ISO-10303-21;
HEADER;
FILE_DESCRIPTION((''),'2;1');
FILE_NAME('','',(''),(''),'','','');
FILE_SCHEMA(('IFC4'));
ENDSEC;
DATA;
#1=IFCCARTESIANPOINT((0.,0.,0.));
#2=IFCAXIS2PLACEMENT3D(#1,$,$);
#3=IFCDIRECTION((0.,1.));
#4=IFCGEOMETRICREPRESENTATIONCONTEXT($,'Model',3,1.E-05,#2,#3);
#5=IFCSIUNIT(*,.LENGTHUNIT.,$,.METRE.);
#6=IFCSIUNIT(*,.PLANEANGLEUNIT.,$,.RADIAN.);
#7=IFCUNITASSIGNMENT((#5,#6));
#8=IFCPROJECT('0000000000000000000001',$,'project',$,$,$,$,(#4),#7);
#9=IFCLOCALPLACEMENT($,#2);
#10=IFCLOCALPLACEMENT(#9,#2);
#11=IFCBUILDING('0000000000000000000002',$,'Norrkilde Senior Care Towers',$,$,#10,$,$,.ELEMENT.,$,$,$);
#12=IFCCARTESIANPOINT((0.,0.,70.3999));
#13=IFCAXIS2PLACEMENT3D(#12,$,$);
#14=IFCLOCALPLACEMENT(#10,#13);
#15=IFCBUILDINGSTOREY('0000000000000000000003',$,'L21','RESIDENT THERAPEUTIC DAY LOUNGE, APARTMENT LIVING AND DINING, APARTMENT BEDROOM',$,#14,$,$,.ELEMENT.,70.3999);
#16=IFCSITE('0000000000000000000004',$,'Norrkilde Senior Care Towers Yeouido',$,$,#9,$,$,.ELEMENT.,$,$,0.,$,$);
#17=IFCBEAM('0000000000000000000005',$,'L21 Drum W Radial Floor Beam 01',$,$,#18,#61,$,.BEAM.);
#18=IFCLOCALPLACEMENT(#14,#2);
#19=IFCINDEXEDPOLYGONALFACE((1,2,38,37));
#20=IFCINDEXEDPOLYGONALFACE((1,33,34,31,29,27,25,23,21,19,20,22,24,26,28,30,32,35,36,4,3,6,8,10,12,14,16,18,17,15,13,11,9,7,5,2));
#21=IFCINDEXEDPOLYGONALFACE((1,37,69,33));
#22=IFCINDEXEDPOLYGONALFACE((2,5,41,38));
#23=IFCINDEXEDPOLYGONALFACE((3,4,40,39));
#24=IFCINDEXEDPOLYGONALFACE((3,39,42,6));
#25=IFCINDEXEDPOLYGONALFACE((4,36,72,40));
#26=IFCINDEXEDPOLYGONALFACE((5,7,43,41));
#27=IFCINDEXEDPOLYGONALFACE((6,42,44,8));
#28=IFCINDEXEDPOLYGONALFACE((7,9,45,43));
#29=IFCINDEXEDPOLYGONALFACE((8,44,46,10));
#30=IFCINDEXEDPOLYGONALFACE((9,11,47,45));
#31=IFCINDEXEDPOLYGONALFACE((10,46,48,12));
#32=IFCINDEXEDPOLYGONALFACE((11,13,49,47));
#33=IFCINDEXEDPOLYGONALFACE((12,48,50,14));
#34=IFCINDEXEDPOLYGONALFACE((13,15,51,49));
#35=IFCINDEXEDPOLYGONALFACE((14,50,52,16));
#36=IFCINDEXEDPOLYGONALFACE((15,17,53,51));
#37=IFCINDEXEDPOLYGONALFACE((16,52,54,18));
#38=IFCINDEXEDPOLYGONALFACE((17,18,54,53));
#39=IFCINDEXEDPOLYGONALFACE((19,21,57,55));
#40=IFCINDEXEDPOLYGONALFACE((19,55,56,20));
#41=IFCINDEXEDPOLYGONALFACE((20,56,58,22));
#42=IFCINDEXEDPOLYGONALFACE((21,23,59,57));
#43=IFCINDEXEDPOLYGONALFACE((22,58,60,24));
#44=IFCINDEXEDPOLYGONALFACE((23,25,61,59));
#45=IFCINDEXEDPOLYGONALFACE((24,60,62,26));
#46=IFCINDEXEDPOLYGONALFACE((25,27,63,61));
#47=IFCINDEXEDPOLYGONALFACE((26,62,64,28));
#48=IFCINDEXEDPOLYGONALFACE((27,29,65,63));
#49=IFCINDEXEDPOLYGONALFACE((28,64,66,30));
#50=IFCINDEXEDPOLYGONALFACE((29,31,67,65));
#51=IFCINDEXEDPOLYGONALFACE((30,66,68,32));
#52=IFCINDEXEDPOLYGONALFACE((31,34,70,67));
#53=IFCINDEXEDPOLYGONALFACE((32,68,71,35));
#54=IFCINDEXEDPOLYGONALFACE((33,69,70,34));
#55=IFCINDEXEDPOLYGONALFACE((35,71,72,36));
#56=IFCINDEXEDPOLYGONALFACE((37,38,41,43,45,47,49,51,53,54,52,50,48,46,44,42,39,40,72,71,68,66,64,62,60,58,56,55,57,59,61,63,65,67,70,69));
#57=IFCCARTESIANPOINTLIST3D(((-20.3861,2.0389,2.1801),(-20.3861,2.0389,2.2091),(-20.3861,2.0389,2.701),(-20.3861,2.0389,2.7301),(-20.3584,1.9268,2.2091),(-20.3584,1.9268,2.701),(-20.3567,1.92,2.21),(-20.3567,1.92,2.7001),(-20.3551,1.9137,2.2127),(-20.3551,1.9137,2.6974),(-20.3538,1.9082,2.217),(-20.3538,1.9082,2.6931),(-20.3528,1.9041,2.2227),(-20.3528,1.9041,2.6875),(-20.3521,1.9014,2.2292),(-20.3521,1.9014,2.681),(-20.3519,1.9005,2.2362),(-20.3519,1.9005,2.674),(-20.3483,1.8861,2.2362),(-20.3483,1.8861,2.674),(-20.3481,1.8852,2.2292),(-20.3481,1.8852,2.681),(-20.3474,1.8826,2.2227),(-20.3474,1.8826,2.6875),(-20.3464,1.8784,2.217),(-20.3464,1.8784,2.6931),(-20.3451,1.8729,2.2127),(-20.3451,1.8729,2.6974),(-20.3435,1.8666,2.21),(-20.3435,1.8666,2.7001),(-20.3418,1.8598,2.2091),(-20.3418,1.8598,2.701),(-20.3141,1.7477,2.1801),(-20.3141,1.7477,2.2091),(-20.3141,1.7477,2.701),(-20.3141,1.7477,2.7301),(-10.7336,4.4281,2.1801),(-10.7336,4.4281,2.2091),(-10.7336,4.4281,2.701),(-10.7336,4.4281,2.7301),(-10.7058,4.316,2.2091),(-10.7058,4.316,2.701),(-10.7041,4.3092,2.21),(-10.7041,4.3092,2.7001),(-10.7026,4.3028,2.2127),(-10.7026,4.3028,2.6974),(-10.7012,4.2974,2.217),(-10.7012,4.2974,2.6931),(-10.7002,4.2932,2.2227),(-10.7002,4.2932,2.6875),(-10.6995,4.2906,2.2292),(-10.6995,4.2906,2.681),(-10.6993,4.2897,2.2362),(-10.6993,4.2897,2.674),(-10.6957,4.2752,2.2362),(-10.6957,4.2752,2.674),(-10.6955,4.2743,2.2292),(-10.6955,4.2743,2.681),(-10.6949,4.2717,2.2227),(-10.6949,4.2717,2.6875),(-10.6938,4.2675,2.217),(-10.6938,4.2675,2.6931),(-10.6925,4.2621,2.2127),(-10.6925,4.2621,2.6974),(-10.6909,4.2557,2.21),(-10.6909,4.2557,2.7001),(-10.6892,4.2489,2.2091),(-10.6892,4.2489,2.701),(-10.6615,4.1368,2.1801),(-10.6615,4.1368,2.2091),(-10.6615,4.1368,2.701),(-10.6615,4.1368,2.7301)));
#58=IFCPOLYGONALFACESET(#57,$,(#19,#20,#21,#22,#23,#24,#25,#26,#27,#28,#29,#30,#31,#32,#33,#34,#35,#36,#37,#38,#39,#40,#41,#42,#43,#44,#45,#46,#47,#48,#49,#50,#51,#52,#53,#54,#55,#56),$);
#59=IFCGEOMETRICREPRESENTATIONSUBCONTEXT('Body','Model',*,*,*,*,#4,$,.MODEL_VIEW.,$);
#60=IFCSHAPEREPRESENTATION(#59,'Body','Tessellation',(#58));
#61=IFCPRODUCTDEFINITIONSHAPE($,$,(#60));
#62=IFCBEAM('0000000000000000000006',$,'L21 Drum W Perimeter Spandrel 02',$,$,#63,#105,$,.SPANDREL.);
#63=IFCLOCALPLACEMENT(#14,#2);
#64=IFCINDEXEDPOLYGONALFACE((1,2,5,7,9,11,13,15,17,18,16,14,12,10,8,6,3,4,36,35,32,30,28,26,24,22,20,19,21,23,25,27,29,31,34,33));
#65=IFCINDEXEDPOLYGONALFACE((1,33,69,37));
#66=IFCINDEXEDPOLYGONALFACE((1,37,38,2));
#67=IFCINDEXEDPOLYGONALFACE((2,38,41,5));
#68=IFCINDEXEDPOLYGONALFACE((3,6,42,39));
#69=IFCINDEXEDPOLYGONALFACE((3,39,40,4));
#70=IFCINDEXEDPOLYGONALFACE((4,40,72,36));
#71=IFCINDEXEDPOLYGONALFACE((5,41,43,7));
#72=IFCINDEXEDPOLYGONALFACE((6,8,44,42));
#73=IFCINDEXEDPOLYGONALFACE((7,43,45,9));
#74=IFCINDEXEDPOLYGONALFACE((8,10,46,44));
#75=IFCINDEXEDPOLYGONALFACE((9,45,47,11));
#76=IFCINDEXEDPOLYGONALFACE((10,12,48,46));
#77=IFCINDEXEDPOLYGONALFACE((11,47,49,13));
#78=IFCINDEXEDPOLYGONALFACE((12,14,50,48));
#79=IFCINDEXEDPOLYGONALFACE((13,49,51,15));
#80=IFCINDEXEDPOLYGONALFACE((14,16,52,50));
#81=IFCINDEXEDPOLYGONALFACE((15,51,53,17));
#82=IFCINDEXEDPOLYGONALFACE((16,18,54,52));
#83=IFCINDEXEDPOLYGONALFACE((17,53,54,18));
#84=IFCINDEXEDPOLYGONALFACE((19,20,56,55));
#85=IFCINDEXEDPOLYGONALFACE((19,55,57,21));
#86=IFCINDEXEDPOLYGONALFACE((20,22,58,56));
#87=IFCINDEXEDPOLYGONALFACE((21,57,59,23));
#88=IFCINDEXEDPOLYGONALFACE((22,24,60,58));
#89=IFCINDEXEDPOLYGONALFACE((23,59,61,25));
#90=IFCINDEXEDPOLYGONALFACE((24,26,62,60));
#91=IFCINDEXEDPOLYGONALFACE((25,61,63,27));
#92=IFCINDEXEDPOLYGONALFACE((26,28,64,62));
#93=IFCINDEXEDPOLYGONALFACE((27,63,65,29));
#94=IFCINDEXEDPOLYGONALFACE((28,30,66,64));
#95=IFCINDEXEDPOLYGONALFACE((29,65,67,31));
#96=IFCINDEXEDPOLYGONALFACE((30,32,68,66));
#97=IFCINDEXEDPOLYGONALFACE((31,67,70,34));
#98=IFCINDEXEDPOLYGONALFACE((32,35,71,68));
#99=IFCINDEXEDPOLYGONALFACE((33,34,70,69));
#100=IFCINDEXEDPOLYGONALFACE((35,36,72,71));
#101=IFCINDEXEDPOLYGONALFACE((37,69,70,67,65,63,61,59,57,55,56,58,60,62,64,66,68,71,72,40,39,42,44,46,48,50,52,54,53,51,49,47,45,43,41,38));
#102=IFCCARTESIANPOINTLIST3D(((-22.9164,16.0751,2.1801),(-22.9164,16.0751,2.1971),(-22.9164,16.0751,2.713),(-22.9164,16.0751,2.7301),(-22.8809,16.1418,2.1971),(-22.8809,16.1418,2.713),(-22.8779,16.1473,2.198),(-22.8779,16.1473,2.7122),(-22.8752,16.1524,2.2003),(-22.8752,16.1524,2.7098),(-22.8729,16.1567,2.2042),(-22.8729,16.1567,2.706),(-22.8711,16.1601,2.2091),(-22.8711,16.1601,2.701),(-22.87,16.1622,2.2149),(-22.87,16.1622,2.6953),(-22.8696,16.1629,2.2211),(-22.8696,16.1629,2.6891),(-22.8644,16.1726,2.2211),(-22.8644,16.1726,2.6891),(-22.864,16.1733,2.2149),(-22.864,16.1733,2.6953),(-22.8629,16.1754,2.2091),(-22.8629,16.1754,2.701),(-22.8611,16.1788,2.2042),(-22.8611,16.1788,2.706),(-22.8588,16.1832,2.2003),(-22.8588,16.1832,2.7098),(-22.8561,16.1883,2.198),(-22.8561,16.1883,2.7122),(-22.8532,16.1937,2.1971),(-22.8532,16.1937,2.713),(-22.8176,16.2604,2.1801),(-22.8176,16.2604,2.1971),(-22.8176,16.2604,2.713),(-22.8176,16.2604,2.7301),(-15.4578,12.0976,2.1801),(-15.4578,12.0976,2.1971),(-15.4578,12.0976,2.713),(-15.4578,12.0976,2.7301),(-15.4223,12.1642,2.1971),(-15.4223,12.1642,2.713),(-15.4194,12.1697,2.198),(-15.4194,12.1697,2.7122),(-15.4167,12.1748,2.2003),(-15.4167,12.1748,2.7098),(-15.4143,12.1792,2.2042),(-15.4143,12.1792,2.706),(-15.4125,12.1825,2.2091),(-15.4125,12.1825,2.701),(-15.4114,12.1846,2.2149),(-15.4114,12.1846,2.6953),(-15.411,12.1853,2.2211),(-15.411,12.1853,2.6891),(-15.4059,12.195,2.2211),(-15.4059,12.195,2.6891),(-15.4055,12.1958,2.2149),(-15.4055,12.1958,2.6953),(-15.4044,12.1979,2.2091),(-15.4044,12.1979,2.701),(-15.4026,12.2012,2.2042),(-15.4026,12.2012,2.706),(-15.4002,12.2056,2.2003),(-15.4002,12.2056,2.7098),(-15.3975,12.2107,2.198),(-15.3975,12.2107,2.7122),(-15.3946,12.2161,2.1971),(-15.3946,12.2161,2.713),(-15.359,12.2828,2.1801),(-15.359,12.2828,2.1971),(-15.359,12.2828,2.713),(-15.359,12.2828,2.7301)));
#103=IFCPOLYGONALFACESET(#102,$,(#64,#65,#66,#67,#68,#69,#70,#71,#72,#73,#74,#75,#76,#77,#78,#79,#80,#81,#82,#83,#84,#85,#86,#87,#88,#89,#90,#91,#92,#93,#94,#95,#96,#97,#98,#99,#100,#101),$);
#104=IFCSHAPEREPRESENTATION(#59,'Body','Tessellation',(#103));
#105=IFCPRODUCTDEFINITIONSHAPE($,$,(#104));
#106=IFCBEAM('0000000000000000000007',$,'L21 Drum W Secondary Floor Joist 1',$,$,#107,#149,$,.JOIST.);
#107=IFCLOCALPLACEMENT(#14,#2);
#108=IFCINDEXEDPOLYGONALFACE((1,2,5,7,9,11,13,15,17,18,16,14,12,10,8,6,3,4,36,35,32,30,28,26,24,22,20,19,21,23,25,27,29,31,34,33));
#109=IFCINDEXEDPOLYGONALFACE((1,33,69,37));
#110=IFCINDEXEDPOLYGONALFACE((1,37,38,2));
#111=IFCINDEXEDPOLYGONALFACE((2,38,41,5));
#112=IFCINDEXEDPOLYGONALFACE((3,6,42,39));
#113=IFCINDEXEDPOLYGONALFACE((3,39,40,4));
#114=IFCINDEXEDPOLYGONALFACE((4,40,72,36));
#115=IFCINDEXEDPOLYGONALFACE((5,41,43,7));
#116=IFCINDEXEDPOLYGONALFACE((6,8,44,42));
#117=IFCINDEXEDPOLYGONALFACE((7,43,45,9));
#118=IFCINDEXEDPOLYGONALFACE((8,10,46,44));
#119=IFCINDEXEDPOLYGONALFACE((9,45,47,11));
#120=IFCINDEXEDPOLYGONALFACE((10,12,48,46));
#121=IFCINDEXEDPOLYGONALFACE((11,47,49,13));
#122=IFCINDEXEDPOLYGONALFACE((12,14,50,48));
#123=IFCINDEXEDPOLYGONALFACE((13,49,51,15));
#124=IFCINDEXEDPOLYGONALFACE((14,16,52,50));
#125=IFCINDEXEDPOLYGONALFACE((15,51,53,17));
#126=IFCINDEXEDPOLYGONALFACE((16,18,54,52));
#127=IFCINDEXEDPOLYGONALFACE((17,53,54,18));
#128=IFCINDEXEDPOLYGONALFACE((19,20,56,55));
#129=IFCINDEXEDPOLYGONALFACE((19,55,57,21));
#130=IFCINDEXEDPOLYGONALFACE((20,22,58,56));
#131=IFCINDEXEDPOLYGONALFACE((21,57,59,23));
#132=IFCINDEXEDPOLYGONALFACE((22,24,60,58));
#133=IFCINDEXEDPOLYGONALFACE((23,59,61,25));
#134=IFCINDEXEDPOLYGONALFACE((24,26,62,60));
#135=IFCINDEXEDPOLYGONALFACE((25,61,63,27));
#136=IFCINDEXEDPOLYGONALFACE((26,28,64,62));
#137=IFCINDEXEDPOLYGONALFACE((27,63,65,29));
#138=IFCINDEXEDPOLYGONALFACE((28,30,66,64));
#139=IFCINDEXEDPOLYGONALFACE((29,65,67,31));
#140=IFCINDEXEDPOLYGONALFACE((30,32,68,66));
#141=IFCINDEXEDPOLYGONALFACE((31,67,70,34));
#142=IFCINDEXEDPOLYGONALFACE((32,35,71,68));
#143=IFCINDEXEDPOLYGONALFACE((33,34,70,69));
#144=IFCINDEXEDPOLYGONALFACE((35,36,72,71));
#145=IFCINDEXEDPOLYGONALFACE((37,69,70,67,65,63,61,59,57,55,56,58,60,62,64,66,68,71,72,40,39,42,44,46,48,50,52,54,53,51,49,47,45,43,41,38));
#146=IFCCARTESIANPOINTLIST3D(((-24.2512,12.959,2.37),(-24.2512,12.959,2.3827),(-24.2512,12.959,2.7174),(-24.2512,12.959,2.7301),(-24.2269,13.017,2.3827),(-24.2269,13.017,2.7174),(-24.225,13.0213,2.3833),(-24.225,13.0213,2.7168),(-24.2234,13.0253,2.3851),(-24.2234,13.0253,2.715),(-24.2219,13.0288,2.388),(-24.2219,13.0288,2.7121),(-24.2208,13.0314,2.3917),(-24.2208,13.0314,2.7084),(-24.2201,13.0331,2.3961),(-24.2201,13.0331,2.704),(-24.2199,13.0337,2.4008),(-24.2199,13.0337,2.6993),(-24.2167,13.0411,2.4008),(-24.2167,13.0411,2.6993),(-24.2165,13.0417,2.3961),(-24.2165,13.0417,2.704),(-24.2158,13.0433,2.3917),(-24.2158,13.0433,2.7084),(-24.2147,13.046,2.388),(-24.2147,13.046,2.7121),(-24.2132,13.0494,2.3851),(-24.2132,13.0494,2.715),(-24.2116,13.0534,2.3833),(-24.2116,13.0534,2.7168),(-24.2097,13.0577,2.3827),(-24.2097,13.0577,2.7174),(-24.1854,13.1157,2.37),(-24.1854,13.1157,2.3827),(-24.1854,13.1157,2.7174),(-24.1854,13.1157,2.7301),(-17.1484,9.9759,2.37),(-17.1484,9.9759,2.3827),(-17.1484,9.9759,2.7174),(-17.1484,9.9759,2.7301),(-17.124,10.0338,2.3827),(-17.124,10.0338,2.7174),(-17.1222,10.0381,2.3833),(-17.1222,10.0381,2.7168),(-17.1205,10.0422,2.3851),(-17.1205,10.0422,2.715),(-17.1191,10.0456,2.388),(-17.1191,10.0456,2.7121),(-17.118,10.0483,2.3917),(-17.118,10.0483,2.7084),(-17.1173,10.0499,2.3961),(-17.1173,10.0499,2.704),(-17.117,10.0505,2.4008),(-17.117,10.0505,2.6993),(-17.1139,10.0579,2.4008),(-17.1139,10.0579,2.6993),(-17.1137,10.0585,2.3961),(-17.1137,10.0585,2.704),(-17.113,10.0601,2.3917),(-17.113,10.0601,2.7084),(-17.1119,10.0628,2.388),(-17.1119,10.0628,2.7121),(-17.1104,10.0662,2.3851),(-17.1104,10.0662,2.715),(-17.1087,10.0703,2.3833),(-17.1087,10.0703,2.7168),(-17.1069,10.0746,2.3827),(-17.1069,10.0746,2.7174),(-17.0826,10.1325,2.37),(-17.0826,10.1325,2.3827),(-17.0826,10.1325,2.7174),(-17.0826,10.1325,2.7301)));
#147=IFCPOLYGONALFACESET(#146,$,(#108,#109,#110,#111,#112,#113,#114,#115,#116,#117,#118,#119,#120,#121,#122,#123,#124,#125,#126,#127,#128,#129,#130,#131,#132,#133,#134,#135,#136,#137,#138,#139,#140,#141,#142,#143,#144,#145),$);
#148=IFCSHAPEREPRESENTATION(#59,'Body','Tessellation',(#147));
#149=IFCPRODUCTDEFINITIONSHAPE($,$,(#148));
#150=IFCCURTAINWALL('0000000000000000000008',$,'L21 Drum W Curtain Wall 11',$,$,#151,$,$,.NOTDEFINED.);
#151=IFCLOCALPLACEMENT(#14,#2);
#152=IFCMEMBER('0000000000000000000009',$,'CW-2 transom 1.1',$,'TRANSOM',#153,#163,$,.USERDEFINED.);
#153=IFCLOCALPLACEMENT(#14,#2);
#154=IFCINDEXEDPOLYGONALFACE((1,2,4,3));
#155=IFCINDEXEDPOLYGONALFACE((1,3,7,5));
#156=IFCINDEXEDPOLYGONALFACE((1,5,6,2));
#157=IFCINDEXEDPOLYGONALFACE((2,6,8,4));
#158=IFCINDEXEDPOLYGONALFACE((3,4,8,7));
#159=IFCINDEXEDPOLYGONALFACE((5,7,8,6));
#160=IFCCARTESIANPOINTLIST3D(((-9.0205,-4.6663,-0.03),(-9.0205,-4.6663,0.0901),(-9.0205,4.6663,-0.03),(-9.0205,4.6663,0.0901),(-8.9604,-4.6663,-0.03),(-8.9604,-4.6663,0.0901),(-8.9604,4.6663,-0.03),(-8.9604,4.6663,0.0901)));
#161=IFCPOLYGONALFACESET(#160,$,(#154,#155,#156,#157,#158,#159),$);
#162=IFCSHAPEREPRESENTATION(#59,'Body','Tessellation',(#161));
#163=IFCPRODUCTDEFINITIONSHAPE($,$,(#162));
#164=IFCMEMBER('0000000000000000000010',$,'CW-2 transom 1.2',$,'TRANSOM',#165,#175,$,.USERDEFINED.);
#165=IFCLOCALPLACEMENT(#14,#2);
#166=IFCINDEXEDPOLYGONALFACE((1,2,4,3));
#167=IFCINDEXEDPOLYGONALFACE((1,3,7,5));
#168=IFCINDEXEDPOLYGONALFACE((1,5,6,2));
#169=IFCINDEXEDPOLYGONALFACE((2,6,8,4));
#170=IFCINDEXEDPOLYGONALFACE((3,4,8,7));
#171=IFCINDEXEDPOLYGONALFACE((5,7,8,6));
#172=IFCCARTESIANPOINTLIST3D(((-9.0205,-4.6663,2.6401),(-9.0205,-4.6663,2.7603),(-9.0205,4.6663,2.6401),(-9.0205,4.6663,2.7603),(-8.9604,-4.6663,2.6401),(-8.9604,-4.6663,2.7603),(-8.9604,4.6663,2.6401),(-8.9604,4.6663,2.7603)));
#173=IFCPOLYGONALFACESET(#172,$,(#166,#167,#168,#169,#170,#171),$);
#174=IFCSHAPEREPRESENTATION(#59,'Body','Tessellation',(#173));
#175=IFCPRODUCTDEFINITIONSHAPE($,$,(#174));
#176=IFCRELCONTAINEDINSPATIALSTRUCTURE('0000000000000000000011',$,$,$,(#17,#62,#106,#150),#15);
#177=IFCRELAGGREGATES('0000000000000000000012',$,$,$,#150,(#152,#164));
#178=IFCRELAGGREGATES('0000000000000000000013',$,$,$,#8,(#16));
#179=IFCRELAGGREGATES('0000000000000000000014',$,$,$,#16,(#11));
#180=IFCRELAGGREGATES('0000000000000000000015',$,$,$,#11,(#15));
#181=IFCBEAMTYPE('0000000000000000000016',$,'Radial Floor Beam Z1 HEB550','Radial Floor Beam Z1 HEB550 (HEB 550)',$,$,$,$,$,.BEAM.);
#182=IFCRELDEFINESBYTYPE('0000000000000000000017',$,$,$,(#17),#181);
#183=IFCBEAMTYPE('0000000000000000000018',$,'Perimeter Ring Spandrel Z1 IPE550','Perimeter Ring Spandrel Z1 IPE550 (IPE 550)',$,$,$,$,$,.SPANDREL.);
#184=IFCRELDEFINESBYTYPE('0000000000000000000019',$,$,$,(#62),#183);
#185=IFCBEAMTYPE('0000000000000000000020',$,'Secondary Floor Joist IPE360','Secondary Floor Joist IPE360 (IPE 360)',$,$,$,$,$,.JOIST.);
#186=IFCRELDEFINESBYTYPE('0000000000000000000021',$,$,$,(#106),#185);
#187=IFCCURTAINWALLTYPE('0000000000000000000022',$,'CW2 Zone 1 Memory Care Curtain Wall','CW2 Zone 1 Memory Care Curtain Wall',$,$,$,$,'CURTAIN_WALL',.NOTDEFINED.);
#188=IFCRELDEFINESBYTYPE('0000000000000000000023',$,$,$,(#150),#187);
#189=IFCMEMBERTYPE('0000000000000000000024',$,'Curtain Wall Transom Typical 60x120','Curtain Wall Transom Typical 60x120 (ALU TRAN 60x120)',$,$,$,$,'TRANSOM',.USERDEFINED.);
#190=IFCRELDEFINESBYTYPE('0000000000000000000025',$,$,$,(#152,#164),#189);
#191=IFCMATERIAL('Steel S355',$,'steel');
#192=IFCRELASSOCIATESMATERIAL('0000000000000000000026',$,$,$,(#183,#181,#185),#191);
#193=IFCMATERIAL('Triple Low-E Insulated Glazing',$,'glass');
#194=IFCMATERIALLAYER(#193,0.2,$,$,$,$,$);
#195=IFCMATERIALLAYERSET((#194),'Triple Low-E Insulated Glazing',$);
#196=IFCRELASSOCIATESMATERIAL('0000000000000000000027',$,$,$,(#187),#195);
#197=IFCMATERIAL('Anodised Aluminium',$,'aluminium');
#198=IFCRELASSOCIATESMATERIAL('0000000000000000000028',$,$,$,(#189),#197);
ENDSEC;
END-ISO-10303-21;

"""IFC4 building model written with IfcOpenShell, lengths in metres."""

from ifc_helpers import new_model, si_unit, direction, frame, origin, origin_2d, place, context, subcontext, project, spatial, rectangle, i_section, extrude, source, transform, mapped, material, layer, layer_set, material_profile, profile_set, type_object, type_shapes, element, aggregate, save


model = new_model("IFC4")

# Units and contexts
model_context = context("Model", 3, precision=1e-05, world=origin(), true_north=direction((0.0, 1.0)))
body_context = subcontext(model_context, "Body", "Model", "MODEL_VIEW")
ifc_project = project(units=[si_unit("LENGTHUNIT", "METRE"), si_unit("PLANEANGLEUNIT", "RADIAN")], contexts=[model_context])

# Site, building, storey
site_placement = place(None, origin())
site = spatial("IfcSite", under=ifc_project, at=site_placement, Name="Norrkilde Senior Care Towers Yeouido", CompositionType="ELEMENT", RefElevation=0.0)
building_placement = place(site_placement, origin())
building = spatial("IfcBuilding", under=site, at=building_placement, Name="Norrkilde Senior Care Towers", CompositionType="ELEMENT")
storey_placement = place(building_placement, frame((0.0, 0.0, 70.3999)))
storey = spatial("IfcBuildingStorey", under=building, at=storey_placement, Name="L21", Description="RESIDENT THERAPEUTIC DAY LOUNGE, APARTMENT LIVING AND DINING, APARTMENT BEDROOM", CompositionType="ELEMENT", Elevation=70.3999)

# Beams
ifc_material_1 = material(Name="Steel S355", Category="steel")
ifc_material_profile_1 = material_profile(ifc_material_1, i_section(OverallWidth=0.21, OverallDepth=0.55, WebThickness=0.011, FlangeThickness=0.0171, FilletRadius=0.0239, at=origin_2d()), Name="IPE 550")
ifc_profile_set_1 = profile_set([ifc_material_profile_1], Name="Steel S355")
beam_type_1 = type_object("IfcBeamType", Name="Perimeter Ring Spandrel Z1 IPE550", Description="Perimeter Ring Spandrel Z1 IPE550 (IPE 550)", PredefinedType="SPANDREL", material=ifc_profile_set_1)
ifc_material_profile_2 = material_profile(ifc_material_1, i_section(OverallWidth=0.3, OverallDepth=0.55, WebThickness=0.0149, FlangeThickness=0.0291, FilletRadius=0.0271, at=origin_2d()), Name="HEB 550")
ifc_profile_set_2 = profile_set([ifc_material_profile_2], Name="Steel S355")
beam_type_2 = type_object("IfcBeamType", Name="Radial Floor Beam Z1 HEB550", Description="Radial Floor Beam Z1 HEB550 (HEB 550)", PredefinedType="BEAM", material=ifc_profile_set_2)
shared_shape_1 = source(origin(), body_context, "Body", "SweptSolid", [
    extrude(i_section(OverallWidth=0.3, OverallDepth=0.55, WebThickness=0.0149, FlangeThickness=0.0291, FilletRadius=0.0271, at=origin_2d()), origin(), (0.0, 0.0, 1.0), 9.9438),
])
type_shapes(beam_type_2, [shared_shape_1])
beam_1_placement = place(storey_placement, frame((-20.3501, 1.8933, 2.4551), z_axis=(0.970707, 0.240265, 0.0), x_axis=(-0.240265, 0.970707, 0.0)))
element("IfcBeam", 1, at=beam_1_placement, inside=storey, type_object=beam_type_2, Name="L21 Drum W Radial Floor Beam 01", PredefinedType="BEAM", context=body_context, shape_type="MappedRepresentation", body=[
    mapped(shared_shape_1, transform((0.0, 0.0, 0.0), x_axis=(1.0, 0.0, 0.0), y_axis=(0.0, 1.0, 0.0), z_axis=(0.0, 0.0, 1.0), scale=1.0)),
])
shared_shape_2 = source(origin(), body_context, "Body", "SweptSolid", [
    extrude(i_section(OverallWidth=0.21, OverallDepth=0.55, WebThickness=0.011, FlangeThickness=0.0171, FilletRadius=0.0239, at=origin_2d()), origin(), (0.0, 0.0, 1.0), 8.4529),
])
beam_2_placement = place(storey_placement, frame((-15.4084, 12.1902, 2.4551), z_axis=(-0.882369, 0.470558, 0.0), x_axis=(-0.470558, -0.882369, 0.0)))
element("IfcBeam", 2, at=beam_2_placement, inside=storey, type_object=beam_type_1, Name="L21 Drum W Perimeter Spandrel 02", PredefinedType="SPANDREL", context=body_context, shape_type="MappedRepresentation", body=[
    mapped(shared_shape_2, transform((0.0, 0.0, 0.0), x_axis=(1.0, 0.0, 0.0), y_axis=(0.0, 1.0, 0.0), z_axis=(0.0, 0.0, 1.0), scale=1.0)),
])
ifc_material_profile_3 = material_profile(ifc_material_1, i_section(OverallWidth=0.1699, OverallDepth=0.3601, WebThickness=0.0081, FlangeThickness=0.0127, FilletRadius=0.0181, at=origin_2d()), Name="IPE 360")
ifc_profile_set_3 = profile_set([ifc_material_profile_3], Name="Steel S355")
beam_type_3 = type_object("IfcBeamType", Name="Secondary Floor Joist IPE360", Description="Secondary Floor Joist IPE360 (IPE 360)", PredefinedType="JOIST", material=ifc_profile_set_3)
shared_shape_3 = source(origin(), body_context, "Body", "SweptSolid", [
    extrude(i_section(OverallWidth=0.1699, OverallDepth=0.3601, WebThickness=0.0081, FlangeThickness=0.0127, FilletRadius=0.0181, at=origin_2d()), origin(), (0.0, 0.0, 1.0), 7.7039),
])
type_shapes(beam_type_3, [shared_shape_3])
beam_3_placement = place(storey_placement, frame((-17.1155, 10.0542, 2.55), z_axis=(-0.921983, 0.387231, 0.0), x_axis=(-0.387231, -0.921983, 0.0)))
element("IfcBeam", 3, at=beam_3_placement, inside=storey, type_object=beam_type_3, Name="L21 Drum W Secondary Floor Joist 1", PredefinedType="JOIST", context=body_context, shape_type="MappedRepresentation", body=[
    mapped(shared_shape_3, transform((0.0, 0.0, 0.0), x_axis=(1.0, 0.0, 0.0), y_axis=(0.0, 1.0, 0.0), z_axis=(0.0, 0.0, 1.0), scale=1.0)),
])

# Curtain wall, members
ifc_material_2 = material(Name="Triple Low-E Insulated Glazing", Category="glass")
ifc_layer_1 = layer(ifc_material_2, 0.2)
ifc_layer_set_1 = layer_set([ifc_layer_1], Name="Triple Low-E Insulated Glazing")
curtain_wall_type = type_object("IfcCurtainWallType", Name="CW2 Zone 1 Memory Care Curtain Wall", Description="CW2 Zone 1 Memory Care Curtain Wall", ElementType="CURTAIN_WALL", PredefinedType="NOTDEFINED", material=ifc_layer_set_1)
curtain_wall_1_placement = place(storey_placement, origin())
curtain_wall_1 = element("IfcCurtainWall", 4, at=curtain_wall_1_placement, inside=storey, type_object=curtain_wall_type, Name="L21 Drum W Curtain Wall 11", PredefinedType="NOTDEFINED")
ifc_material_3 = material(Name="Anodised Aluminium", Category="aluminium")
ifc_material_profile_4 = material_profile(ifc_material_3, rectangle(XDim=0.0601, YDim=0.1201, at=origin_2d()), Name="ALU TRAN 60x120")
ifc_profile_set_4 = profile_set([ifc_material_profile_4], Name="Anodised Aluminium")
member_type_1 = type_object("IfcMemberType", Name="Curtain Wall Transom Typical 60x120", Description="Curtain Wall Transom Typical 60x120 (ALU TRAN 60x120)", ElementType="TRANSOM", PredefinedType="USERDEFINED", material=ifc_profile_set_4)
shared_shape_4 = source(origin(), body_context, "Body", "SweptSolid", [
    extrude(rectangle(XDim=0.0601, YDim=0.1201, at=origin_2d()), origin(), (0.0, 0.0, 1.0), 9.3325),
])
type_shapes(member_type_1, [shared_shape_4])
member_1_placement = place(storey_placement, frame((-8.9905, 4.6663, 0.03), z_axis=(0.0, -1.0, 0.0), x_axis=(1.0, 0.0, 0.0)))
member_1 = element("IfcMember", 5, at=member_1_placement, type_object=member_type_1, Name="CW-2 transom 1.1", ObjectType="TRANSOM", PredefinedType="USERDEFINED", context=body_context, shape_type="MappedRepresentation", body=[
    mapped(shared_shape_4, transform((0.0, 0.0, 0.0), x_axis=(1.0, 0.0, 0.0), y_axis=(0.0, 1.0, 0.0), z_axis=(0.0, 0.0, 1.0), scale=1.0)),
])
member_2_placement = place(storey_placement, frame((-8.9905, 4.6663, 2.7002), z_axis=(0.0, -1.0, 0.0), x_axis=(1.0, 0.0, 0.0)))
member_2 = element("IfcMember", 6, at=member_2_placement, type_object=member_type_1, Name="CW-2 transom 1.2", ObjectType="TRANSOM", PredefinedType="USERDEFINED", context=body_context, shape_type="MappedRepresentation", body=[
    mapped(shared_shape_4, transform((0.0, 0.0, 0.0), x_axis=(1.0, 0.0, 0.0), y_axis=(0.0, 1.0, 0.0), z_axis=(0.0, 0.0, 1.0), scale=1.0)),
])

aggregate(curtain_wall_1, [member_1, member_2])

save(model, "model.ifc")
